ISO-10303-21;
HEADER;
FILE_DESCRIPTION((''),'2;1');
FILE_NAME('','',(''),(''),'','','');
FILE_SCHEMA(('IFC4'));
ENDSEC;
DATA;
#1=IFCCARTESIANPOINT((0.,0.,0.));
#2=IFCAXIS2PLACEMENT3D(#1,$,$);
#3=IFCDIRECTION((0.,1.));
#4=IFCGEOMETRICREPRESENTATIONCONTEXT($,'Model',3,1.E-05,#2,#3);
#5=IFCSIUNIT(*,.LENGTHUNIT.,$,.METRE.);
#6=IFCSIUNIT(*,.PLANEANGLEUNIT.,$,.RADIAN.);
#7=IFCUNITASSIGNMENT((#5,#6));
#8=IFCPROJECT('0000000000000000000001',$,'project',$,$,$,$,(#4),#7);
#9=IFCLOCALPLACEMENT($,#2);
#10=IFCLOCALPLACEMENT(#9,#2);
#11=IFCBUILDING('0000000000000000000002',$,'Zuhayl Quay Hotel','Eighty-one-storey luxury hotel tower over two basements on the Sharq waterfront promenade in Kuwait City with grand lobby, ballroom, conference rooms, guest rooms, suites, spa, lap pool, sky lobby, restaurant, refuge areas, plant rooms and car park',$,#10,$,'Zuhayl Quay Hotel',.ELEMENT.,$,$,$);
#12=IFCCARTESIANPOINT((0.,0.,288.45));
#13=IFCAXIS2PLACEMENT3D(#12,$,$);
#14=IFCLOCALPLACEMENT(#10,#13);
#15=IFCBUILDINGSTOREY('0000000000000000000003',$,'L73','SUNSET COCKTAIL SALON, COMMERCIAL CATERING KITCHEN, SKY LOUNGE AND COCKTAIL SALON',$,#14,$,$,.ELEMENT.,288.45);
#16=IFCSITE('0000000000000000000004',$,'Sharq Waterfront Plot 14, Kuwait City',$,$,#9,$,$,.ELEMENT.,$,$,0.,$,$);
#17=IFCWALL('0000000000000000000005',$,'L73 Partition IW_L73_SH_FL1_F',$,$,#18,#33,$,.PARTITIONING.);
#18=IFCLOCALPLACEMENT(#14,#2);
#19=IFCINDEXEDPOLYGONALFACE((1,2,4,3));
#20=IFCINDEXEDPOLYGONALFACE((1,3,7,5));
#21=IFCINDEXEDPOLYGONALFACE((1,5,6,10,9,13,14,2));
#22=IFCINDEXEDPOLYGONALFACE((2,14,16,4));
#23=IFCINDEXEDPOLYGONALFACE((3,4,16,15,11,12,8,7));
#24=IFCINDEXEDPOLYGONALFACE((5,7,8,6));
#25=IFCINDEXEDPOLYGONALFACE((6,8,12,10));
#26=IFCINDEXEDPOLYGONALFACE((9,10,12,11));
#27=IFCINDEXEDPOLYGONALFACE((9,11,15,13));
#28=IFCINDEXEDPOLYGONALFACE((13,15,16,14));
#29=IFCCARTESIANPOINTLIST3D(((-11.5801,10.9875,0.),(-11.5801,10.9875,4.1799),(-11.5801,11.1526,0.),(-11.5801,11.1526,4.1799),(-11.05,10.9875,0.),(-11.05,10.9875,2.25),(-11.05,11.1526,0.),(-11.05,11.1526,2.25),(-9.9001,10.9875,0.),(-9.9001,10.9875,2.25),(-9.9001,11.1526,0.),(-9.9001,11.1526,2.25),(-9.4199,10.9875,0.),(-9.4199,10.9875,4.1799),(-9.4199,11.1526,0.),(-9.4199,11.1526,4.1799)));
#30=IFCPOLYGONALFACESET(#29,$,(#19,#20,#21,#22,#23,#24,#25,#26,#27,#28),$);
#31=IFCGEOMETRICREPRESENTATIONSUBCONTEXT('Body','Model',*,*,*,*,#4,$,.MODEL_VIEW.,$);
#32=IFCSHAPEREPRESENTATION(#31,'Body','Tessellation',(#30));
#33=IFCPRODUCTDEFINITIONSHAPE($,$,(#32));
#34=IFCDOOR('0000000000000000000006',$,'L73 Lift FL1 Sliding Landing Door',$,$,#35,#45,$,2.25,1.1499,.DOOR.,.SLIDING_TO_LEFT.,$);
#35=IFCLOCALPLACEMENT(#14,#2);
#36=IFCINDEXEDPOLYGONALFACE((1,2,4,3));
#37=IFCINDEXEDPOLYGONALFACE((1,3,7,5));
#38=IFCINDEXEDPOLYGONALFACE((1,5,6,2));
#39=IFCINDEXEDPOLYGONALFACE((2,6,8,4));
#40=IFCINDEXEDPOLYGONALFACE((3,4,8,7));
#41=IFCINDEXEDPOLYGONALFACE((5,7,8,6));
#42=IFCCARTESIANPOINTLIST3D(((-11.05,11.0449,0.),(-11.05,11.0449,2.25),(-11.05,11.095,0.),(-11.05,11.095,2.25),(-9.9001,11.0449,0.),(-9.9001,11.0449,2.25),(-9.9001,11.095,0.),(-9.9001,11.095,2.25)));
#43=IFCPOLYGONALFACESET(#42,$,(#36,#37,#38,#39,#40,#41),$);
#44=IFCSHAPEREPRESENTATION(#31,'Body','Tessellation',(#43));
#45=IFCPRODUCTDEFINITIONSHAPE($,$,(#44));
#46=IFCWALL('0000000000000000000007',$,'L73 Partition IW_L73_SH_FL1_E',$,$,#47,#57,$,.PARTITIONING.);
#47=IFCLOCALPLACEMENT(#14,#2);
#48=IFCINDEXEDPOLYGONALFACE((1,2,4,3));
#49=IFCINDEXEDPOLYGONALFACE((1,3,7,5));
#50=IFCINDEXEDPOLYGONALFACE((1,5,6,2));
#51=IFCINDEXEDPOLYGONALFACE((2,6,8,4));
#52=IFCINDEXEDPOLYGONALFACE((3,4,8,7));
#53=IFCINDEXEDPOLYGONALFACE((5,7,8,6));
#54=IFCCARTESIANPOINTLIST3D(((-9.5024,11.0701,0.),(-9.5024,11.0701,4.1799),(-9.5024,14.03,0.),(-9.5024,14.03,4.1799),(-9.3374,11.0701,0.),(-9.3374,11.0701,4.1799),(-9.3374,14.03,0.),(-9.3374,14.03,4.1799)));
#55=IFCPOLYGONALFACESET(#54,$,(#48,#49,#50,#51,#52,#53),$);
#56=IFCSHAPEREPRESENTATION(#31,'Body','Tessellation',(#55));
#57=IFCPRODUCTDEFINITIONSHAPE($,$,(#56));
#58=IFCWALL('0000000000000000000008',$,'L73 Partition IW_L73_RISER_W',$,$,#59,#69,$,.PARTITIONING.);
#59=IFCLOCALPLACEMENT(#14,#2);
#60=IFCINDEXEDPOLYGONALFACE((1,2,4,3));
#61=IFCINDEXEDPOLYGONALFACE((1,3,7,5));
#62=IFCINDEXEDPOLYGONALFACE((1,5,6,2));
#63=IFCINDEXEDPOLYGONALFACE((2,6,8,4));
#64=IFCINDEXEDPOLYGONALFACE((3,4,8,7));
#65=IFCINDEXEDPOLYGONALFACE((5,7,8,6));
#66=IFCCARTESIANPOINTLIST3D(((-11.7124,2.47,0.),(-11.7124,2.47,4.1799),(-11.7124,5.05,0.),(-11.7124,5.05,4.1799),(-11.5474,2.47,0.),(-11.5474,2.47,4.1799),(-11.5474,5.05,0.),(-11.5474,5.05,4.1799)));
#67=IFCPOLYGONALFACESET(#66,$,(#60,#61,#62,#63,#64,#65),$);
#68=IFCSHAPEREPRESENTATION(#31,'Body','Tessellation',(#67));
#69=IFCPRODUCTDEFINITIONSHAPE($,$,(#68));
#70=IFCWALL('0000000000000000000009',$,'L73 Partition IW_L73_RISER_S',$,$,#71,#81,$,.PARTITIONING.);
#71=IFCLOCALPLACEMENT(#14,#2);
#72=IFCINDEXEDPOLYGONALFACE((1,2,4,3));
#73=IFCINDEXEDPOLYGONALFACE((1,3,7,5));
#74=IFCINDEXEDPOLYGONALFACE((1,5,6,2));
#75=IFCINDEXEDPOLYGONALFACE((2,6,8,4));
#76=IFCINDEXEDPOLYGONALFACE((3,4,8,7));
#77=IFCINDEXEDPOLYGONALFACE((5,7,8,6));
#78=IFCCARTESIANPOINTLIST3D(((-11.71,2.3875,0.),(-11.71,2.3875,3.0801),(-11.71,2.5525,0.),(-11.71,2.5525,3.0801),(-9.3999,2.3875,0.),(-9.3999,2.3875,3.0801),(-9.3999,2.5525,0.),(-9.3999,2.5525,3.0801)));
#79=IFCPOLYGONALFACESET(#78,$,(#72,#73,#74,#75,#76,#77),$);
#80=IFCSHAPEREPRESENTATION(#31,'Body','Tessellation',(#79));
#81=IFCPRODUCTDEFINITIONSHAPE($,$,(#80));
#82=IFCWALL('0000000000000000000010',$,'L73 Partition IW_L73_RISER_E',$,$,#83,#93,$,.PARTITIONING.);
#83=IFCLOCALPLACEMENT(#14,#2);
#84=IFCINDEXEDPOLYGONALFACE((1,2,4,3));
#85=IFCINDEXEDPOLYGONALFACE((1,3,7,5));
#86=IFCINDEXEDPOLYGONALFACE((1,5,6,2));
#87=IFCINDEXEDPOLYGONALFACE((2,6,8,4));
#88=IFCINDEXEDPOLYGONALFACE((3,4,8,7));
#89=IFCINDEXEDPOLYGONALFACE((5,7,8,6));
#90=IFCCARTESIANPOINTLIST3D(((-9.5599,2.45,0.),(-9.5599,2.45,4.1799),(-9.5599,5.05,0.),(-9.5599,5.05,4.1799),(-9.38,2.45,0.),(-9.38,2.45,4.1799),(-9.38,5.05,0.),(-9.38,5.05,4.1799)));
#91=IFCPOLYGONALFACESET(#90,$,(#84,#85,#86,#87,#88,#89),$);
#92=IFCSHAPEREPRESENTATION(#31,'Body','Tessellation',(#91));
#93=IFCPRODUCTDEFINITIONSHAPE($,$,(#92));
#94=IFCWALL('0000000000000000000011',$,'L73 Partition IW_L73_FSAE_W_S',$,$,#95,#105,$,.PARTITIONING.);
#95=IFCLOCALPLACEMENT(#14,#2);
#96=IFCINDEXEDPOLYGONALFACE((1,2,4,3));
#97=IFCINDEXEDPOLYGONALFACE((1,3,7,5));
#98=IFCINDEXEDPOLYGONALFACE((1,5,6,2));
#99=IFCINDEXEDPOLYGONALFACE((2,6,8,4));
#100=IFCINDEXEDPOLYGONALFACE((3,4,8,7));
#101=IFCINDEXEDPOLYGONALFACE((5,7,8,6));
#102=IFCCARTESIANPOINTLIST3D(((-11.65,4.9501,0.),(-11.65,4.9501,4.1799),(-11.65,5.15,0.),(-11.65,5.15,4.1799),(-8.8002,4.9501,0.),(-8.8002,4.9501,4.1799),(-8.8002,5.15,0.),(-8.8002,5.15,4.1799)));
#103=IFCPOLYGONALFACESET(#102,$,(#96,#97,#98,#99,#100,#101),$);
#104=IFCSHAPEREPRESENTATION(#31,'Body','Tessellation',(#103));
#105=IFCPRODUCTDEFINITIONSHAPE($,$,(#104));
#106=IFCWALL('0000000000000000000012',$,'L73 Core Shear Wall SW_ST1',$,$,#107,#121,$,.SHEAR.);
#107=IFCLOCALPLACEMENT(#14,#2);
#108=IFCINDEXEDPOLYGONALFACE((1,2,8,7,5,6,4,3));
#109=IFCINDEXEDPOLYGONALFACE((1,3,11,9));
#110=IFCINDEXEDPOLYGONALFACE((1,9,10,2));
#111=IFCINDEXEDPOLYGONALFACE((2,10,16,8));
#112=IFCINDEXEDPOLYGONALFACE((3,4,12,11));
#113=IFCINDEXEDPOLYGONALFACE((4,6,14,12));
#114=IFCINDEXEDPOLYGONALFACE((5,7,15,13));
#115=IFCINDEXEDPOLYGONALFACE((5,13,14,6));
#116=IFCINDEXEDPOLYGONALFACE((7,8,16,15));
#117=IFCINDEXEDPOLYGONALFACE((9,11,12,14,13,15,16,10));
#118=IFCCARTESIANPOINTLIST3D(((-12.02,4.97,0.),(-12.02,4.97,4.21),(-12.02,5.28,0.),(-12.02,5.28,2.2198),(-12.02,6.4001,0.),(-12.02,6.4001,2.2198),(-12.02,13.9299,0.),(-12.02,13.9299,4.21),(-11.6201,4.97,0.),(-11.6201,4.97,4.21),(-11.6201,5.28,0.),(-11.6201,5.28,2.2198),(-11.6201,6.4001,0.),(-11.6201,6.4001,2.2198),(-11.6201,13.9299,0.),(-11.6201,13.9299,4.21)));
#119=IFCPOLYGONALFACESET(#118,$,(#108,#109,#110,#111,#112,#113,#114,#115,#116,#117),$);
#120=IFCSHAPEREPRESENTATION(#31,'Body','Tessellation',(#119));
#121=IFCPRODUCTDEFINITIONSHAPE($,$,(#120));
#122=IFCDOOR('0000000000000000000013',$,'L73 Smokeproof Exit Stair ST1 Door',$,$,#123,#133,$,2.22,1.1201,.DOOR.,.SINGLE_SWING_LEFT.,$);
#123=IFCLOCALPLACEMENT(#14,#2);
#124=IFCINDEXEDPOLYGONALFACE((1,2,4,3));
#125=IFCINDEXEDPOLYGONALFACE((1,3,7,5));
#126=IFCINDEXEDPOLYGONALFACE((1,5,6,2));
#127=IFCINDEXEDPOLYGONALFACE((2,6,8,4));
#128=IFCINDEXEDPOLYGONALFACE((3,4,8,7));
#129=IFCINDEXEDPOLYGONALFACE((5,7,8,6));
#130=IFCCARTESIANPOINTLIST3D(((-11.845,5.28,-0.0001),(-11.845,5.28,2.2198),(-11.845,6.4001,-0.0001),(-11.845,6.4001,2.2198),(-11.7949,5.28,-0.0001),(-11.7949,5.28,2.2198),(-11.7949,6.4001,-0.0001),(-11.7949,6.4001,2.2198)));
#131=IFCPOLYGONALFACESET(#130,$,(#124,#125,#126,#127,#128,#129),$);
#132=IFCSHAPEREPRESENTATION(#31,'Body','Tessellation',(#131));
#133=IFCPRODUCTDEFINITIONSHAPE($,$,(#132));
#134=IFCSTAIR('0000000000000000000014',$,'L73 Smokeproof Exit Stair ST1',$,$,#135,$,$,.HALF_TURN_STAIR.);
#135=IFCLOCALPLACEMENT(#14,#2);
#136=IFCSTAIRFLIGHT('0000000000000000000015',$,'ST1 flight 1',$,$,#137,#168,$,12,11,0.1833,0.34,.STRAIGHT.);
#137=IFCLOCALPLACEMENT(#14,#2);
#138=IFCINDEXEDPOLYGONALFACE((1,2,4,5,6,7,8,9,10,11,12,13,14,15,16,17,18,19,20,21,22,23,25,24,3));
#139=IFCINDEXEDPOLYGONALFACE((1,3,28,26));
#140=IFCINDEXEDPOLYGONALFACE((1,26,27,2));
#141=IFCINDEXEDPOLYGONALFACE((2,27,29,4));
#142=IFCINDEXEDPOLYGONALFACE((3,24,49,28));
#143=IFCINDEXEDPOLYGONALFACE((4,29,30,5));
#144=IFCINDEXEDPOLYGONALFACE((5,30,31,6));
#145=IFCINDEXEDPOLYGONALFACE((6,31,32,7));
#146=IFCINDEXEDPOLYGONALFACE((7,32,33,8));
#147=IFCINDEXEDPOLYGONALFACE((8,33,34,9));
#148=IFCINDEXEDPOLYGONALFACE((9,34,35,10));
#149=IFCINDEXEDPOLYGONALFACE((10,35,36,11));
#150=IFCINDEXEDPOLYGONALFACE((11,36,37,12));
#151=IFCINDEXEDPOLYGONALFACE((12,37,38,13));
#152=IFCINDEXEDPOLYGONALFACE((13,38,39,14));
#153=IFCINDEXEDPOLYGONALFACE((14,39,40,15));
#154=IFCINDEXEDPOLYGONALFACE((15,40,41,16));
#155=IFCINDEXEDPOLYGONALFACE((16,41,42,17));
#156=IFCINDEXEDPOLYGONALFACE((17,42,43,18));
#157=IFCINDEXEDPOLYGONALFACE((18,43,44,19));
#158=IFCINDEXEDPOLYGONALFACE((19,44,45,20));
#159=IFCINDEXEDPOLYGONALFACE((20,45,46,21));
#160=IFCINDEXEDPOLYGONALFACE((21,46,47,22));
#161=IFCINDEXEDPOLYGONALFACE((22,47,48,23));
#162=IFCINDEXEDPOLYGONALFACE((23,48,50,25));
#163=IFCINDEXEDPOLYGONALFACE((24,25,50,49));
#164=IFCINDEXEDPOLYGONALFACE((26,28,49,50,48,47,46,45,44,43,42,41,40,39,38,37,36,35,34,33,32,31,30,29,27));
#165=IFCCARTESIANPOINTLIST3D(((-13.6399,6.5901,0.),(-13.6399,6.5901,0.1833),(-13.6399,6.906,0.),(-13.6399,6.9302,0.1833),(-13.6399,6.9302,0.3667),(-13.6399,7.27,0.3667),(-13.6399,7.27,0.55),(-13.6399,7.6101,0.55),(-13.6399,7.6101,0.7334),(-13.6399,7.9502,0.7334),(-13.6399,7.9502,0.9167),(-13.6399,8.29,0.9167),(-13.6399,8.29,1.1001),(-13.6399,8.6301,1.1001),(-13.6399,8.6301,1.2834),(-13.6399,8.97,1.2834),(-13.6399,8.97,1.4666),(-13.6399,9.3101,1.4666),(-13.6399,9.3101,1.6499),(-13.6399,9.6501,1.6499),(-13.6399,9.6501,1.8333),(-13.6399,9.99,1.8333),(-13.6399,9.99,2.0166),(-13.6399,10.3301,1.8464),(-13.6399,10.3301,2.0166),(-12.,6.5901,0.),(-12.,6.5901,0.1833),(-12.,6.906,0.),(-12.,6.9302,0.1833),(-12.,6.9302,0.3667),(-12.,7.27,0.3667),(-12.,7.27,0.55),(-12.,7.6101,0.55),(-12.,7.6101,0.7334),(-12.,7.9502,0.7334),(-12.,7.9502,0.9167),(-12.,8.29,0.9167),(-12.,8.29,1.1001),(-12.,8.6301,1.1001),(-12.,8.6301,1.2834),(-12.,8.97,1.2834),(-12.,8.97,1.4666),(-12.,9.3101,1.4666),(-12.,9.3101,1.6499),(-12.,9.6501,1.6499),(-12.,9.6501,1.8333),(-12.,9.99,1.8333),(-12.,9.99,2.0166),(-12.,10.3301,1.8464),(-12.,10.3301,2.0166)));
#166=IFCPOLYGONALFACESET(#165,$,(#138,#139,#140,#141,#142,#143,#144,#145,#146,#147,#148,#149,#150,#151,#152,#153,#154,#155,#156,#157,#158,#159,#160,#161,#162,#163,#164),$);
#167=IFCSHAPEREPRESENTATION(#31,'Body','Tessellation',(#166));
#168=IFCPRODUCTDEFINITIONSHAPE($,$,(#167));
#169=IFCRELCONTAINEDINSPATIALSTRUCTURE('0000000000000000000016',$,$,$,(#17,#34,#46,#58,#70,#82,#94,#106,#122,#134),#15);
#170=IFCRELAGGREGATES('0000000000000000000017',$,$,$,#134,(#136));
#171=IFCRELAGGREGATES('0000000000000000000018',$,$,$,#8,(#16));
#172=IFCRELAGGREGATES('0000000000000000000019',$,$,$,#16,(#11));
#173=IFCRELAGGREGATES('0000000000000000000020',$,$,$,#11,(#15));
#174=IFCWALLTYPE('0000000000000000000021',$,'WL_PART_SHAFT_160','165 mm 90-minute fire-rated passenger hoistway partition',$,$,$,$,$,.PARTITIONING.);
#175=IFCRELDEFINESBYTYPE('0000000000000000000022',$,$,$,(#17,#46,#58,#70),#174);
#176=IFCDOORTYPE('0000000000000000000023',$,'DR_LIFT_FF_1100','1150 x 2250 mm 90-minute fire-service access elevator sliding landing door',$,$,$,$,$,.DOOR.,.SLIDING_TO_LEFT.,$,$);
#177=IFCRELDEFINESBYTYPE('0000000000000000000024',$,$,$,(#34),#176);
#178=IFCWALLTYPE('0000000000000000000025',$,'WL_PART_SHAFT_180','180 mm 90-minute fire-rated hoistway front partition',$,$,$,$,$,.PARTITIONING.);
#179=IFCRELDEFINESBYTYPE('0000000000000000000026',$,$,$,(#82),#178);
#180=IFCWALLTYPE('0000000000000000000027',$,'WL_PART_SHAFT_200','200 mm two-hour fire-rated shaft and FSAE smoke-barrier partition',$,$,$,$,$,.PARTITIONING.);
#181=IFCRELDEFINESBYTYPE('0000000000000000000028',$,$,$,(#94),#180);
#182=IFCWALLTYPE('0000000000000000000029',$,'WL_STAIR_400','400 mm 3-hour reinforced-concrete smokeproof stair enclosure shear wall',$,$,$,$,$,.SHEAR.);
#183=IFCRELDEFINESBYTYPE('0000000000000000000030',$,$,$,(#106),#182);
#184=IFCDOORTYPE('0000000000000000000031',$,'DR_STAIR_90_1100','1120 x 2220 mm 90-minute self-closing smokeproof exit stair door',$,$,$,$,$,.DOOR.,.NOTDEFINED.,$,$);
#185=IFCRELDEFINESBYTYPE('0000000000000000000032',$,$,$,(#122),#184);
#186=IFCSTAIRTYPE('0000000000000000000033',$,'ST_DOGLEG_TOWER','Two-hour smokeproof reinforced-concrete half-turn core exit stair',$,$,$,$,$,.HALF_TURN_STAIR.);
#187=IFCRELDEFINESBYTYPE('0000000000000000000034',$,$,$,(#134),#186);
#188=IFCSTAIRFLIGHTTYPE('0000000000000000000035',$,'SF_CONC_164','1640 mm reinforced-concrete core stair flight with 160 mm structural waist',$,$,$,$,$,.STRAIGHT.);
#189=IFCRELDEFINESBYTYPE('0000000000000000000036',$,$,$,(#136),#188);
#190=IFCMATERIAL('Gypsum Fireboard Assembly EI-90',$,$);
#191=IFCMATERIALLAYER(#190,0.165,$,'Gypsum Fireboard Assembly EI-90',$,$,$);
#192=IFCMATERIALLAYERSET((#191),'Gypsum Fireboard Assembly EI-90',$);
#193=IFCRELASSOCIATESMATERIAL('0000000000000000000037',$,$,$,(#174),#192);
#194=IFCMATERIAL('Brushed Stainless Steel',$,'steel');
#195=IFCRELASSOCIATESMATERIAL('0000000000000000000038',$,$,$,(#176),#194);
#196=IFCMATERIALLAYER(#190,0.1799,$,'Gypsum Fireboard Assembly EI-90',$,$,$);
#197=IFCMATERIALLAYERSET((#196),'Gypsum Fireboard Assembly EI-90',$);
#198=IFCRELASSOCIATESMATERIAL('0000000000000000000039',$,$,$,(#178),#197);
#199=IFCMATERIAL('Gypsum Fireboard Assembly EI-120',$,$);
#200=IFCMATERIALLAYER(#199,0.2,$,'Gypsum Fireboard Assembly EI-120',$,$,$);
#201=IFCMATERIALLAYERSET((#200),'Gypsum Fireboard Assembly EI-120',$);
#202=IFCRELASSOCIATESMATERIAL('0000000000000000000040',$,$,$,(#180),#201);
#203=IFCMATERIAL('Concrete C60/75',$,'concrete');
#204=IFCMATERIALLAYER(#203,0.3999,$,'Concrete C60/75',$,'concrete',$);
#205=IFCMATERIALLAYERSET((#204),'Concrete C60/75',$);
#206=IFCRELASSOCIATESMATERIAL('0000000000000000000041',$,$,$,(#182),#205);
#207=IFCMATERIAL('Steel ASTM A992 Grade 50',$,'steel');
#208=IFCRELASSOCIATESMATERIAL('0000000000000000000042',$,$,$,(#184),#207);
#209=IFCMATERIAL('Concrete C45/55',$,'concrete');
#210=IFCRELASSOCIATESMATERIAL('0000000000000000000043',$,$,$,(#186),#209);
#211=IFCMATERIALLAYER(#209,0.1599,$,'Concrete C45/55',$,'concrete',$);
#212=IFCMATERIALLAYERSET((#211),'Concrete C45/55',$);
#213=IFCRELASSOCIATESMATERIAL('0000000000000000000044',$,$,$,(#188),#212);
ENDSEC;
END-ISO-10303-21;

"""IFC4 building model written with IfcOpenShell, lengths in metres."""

from ifc_helpers import new_model, si_unit, direction, frame, frame_2d, origin, place, context, subcontext, project, spatial, polyline, rectangle, outline, extrude, material, layer, layer_set, type_object, element, fill, aggregate, save


model = new_model("IFC4")

# Units and contexts
model_context = context("Model", 3, precision=1e-05, world=origin(), true_north=direction((0.0, 1.0)))
body_context = subcontext(model_context, "Body", "Model", "MODEL_VIEW")
ifc_project = project(units=[si_unit("LENGTHUNIT", "METRE"), si_unit("PLANEANGLEUNIT", "RADIAN")], contexts=[model_context])

# Site, building, storey
site_placement = place(None, origin())
site = spatial("IfcSite", under=ifc_project, at=site_placement, Name="Sharq Waterfront Plot 14, Kuwait City", CompositionType="ELEMENT", RefElevation=0.0)
building_placement = place(site_placement, origin())
building = spatial("IfcBuilding", under=site, at=building_placement, Name="Zuhayl Quay Hotel", Description="Eighty-one-storey luxury hotel tower over two basements on the Sharq waterfront promenade in Kuwait City with grand lobby, ballroom, conference rooms, guest rooms, suites, spa, lap pool, sky lobby, restaurant, refuge areas, plant rooms and car park", LongName="Zuhayl Quay Hotel", CompositionType="ELEMENT")
storey_placement = place(building_placement, frame((0.0, 0.0, 288.45)))
storey = spatial("IfcBuildingStorey", under=building, at=storey_placement, Name="L73", Description="SUNSET COCKTAIL SALON, COMMERCIAL CATERING KITCHEN, SKY LOUNGE AND COCKTAIL SALON", CompositionType="ELEMENT", Elevation=288.45)

# Shared definitions
ifc_material_1 = material(Name="Steel ASTM A992 Grade 50", Category="steel")
ifc_material_2 = material(Name="Concrete C60/75", Category="concrete")

# Wall, opening, door
ifc_material_3 = material(Name="Gypsum Fireboard Assembly EI-90")
ifc_layer_1 = layer(ifc_material_3, 0.165, Name="Gypsum Fireboard Assembly EI-90")
ifc_layer_set_1 = layer_set([ifc_layer_1], Name="Gypsum Fireboard Assembly EI-90")
wall_type_1 = type_object("IfcWallType", Name="WL_PART_SHAFT_160", Description="165 mm 90-minute fire-rated passenger hoistway partition", PredefinedType="PARTITIONING", material=ifc_layer_set_1)
wall_1_placement = place(storey_placement, frame((-11.5801, 11.0701, 0.0), z_axis=(0.0, 0.0, 1.0), x_axis=(1.0, 0.0, 0.0)))
wall_1 = element("IfcWall", 1, at=wall_1_placement, inside=storey, type_object=wall_type_1, Name="L73 Partition IW_L73_SH_FL1_F", PredefinedType="PARTITIONING", context=body_context, shape_type="SweptSolid", body=[
    extrude(rectangle(XDim=2.1602, YDim=0.165, at=frame_2d((1.0801, 0.0))), origin(), (0.0, 0.0, 1.0), 4.1799),
])
opening_1_placement = place(wall_1_placement, frame((0.53, 0.0, 0.0)))
opening_1 = element("IfcOpeningElement", 2, at=opening_1_placement, cuts=wall_1, PredefinedType="OPENING", context=body_context, shape_type="SweptSolid", body=[
    extrude(rectangle(XDim=1.1499, YDim=2.25, at=frame_2d((0.575, 1.125))), frame((0.0, 0.0925, 0.0), z_axis=(0.0, -1.0, 0.0), x_axis=(1.0, 0.0, 0.0)), (0.0, 0.0, 1.0), 0.1851),
])
ifc_material_4 = material(Name="Brushed Stainless Steel", Category="steel")
door_type_1 = type_object("IfcDoorType", Name="DR_LIFT_FF_1100", Description="1150 x 2250 mm 90-minute fire-service access elevator sliding landing door", OperationType="SLIDING_TO_LEFT", PredefinedType="DOOR", material=ifc_material_4)
door_1_placement = place(opening_1_placement, origin())
door_1 = element("IfcDoor", 3, at=door_1_placement, inside=storey, type_object=door_type_1, Name="L73 Lift FL1 Sliding Landing Door", OperationType="SLIDING_TO_LEFT", OverallHeight=2.25, OverallWidth=1.1499, PredefinedType="DOOR", context=body_context, shape_type="SweptSolid", body=[
    extrude(rectangle(XDim=1.1499, YDim=2.25, at=frame_2d((0.575, 1.125))), frame((0.0, 0.0249, 0.0), z_axis=(0.0, -1.0, 0.0), x_axis=(1.0, 0.0, 0.0)), (0.0, 0.0, 1.0), 0.05),
])
fill(opening_1, door_1)

# Walls
wall_2_placement = place(storey_placement, frame((-9.4199, 11.0701, 0.0), z_axis=(0.0, 0.0, 1.0), x_axis=(0.0, 1.0, 0.0)))
element("IfcWall", 4, at=wall_2_placement, inside=storey, type_object=wall_type_1, Name="L73 Partition IW_L73_SH_FL1_E", PredefinedType="PARTITIONING", context=body_context, shape_type="SweptSolid", body=[
    extrude(rectangle(XDim=2.96, YDim=0.165, at=frame_2d((1.48, 0.0))), origin(), (0.0, 0.0, 1.0), 4.1799),
])
wall_3_placement = place(storey_placement, frame((-11.6299, 2.47, 0.0), z_axis=(0.0, 0.0, 1.0), x_axis=(0.0, 1.0, 0.0)))
element("IfcWall", 5, at=wall_3_placement, inside=storey, type_object=wall_type_1, Name="L73 Partition IW_L73_RISER_W", PredefinedType="PARTITIONING", context=body_context, shape_type="SweptSolid", body=[
    extrude(rectangle(XDim=2.5801, YDim=0.165, at=frame_2d((1.29, 0.0))), origin(), (0.0, 0.0, 1.0), 4.1799),
])
wall_4_placement = place(storey_placement, frame((-11.71, 2.47, 0.0), z_axis=(0.0, 0.0, 1.0), x_axis=(1.0, 0.0, 0.0)))
element("IfcWall", 6, at=wall_4_placement, inside=storey, type_object=wall_type_1, Name="L73 Partition IW_L73_RISER_S", PredefinedType="PARTITIONING", context=body_context, shape_type="SweptSolid", body=[
    extrude(rectangle(XDim=2.3101, YDim=0.165, at=frame_2d((1.155, 0.0))), origin(), (0.0, 0.0, 1.0), 3.0801),
])
ifc_layer_2 = layer(ifc_material_3, 0.1799, Name="Gypsum Fireboard Assembly EI-90")
ifc_layer_set_2 = layer_set([ifc_layer_2], Name="Gypsum Fireboard Assembly EI-90")
wall_type_2 = type_object("IfcWallType", Name="WL_PART_SHAFT_180", Description="180 mm 90-minute fire-rated hoistway front partition", PredefinedType="PARTITIONING", material=ifc_layer_set_2)
wall_5_placement = place(storey_placement, frame((-9.47, 2.45, 0.0), z_axis=(0.0, 0.0, 1.0), x_axis=(0.0, 1.0, 0.0)))
element("IfcWall", 7, at=wall_5_placement, inside=storey, type_object=wall_type_2, Name="L73 Partition IW_L73_RISER_E", PredefinedType="PARTITIONING", context=body_context, shape_type="SweptSolid", body=[
    extrude(rectangle(XDim=2.6001, YDim=0.1799, at=frame_2d((1.3, 0.0))), origin(), (0.0, 0.0, 1.0), 4.1799),
])
ifc_material_5 = material(Name="Gypsum Fireboard Assembly EI-120")
ifc_layer_3 = layer(ifc_material_5, 0.2, Name="Gypsum Fireboard Assembly EI-120")
ifc_layer_set_3 = layer_set([ifc_layer_3], Name="Gypsum Fireboard Assembly EI-120")
wall_type_3 = type_object("IfcWallType", Name="WL_PART_SHAFT_200", Description="200 mm two-hour fire-rated shaft and FSAE smoke-barrier partition", PredefinedType="PARTITIONING", material=ifc_layer_set_3)
wall_6_placement = place(storey_placement, frame((-11.6499, 5.05, 0.0), z_axis=(0.0, 0.0, 1.0), x_axis=(1.0, 0.0, 0.0)))
element("IfcWall", 8, at=wall_6_placement, inside=storey, type_object=wall_type_3, Name="L73 Partition IW_L73_FSAE_W_S", PredefinedType="PARTITIONING", context=body_context, shape_type="SweptSolid", body=[
    extrude(rectangle(XDim=2.8499, YDim=0.2, at=frame_2d((1.4248, 0.0))), origin(), (0.0, 0.0, 1.0), 4.1799),
])

# Wall, opening, door
ifc_layer_4 = layer(ifc_material_2, 0.3999, Name="Concrete C60/75", Category="concrete")
ifc_layer_set_4 = layer_set([ifc_layer_4], Name="Concrete C60/75")
wall_type_4 = type_object("IfcWallType", Name="WL_STAIR_400", Description="400 mm 3-hour reinforced-concrete smokeproof stair enclosure shear wall", PredefinedType="SHEAR", material=ifc_layer_set_4)
wall_7_placement = place(storey_placement, frame((-11.8201, 4.97, 0.0), z_axis=(0.0, 0.0, 1.0), x_axis=(0.0, 1.0, 0.0)))
wall_7 = element("IfcWall", 9, at=wall_7_placement, inside=storey, type_object=wall_type_4, Name="L73 Core Shear Wall SW_ST1", PredefinedType="SHEAR", context=body_context, shape_type="SweptSolid", body=[
    extrude(rectangle(XDim=8.96, YDim=0.3999, at=frame_2d((4.48, 0.0))), origin(), (0.0, 0.0, 1.0), 4.21),
])
opening_2_placement = place(wall_7_placement, frame((0.3101, 0.0, 0.0)))
opening_2 = element("IfcOpeningElement", 10, at=opening_2_placement, cuts=wall_7, PredefinedType="OPENING", context=body_context, shape_type="SweptSolid", body=[
    extrude(rectangle(XDim=1.1201, YDim=2.22, at=frame_2d((0.5601, 1.1099))), frame((0.0, 0.21, 0.0), z_axis=(0.0, -1.0, 0.0), x_axis=(1.0, 0.0, 0.0)), (0.0, 0.0, 1.0), 0.4199),
])
door_type_2 = type_object("IfcDoorType", Name="DR_STAIR_90_1100", Description="1120 x 2220 mm 90-minute self-closing smokeproof exit stair door", OperationType="NOTDEFINED", PredefinedType="DOOR", material=ifc_material_1)
door_2_placement = place(opening_2_placement, origin())
door_2 = element("IfcDoor", 11, at=door_2_placement, inside=storey, type_object=door_type_2, Name="L73 Smokeproof Exit Stair ST1 Door", OperationType="SINGLE_SWING_LEFT", OverallHeight=2.22, OverallWidth=1.1201, PredefinedType="DOOR", context=body_context, shape_type="SweptSolid", body=[
    extrude(rectangle(XDim=1.1201, YDim=2.22, at=frame_2d((0.5601, 1.1099))), frame((0.0, 0.0249, 0.0), z_axis=(0.0, -1.0, 0.0), x_axis=(1.0, 0.0, 0.0)), (0.0, 0.0, 1.0), 0.05),
])
fill(opening_2, door_2)

# Stair, stair flight
ifc_material_6 = material(Name="Concrete C45/55", Category="concrete")
stair_type = type_object("IfcStairType", Name="ST_DOGLEG_TOWER", Description="Two-hour smokeproof reinforced-concrete half-turn core exit stair", PredefinedType="HALF_TURN_STAIR", material=ifc_material_6)
stair_placement = place(storey_placement, origin())
stair = element("IfcStair", 12, at=stair_placement, inside=storey, type_object=stair_type, Name="L73 Smokeproof Exit Stair ST1", PredefinedType="HALF_TURN_STAIR")
ifc_layer_5 = layer(ifc_material_6, 0.1599, Name="Concrete C45/55", Category="concrete")
ifc_layer_set_5 = layer_set([ifc_layer_5], Name="Concrete C45/55")
stair_flight_type = type_object("IfcStairFlightType", Name="SF_CONC_164", Description="1640 mm reinforced-concrete core stair flight with 160 mm structural waist", PredefinedType="STRAIGHT", material=ifc_layer_set_5)
stair_flight_placement = place(storey_placement, frame((-12.8201, 6.5901, 0.0), z_axis=(0.0, 0.0, 1.0), x_axis=(0.0, 1.0, 0.0)))
stair_flight = element("IfcStairFlight", 13, at=stair_flight_placement, type_object=stair_flight_type, Name="ST1 flight 1", NumberOfRisers=12, NumberOfTreads=11, PredefinedType="STRAIGHT", RiserHeight=0.1833, TreadLength=0.34, context=body_context, shape_type="SweptSolid", body=[
    extrude(outline(polyline([(0.0, 0.0), (0.0, 0.1833), (0.3401, 0.1833), (0.3401, 0.3667), (0.6799, 0.3667), (0.6799, 0.55), (1.02, 0.55), (1.02, 0.7334), (1.3601, 0.7334), (1.3601, 0.9167), (1.7, 0.9167), (1.7, 1.1001), (2.04, 1.1001), (2.04, 1.2834), (2.3799, 1.2834), (2.3799, 1.4666), (2.72, 1.4666), (2.72, 1.6499), (3.0601, 1.6499), (3.0601, 1.8333), (3.3999, 1.8333), (3.3999, 2.0166), (3.74, 2.0166), (3.74, 2.2), (3.74, 1.8464), (0.3159, 0.0), (0.0, 0.0)])), frame((0.0, 0.8198, 0.0), z_axis=(0.0, -1.0, 0.0), x_axis=(1.0, 0.0, 0.0)), (0.0, 0.0, 1.0), 1.6399),
])
aggregate(stair, [stair_flight])

save(model, "model.ifc")
